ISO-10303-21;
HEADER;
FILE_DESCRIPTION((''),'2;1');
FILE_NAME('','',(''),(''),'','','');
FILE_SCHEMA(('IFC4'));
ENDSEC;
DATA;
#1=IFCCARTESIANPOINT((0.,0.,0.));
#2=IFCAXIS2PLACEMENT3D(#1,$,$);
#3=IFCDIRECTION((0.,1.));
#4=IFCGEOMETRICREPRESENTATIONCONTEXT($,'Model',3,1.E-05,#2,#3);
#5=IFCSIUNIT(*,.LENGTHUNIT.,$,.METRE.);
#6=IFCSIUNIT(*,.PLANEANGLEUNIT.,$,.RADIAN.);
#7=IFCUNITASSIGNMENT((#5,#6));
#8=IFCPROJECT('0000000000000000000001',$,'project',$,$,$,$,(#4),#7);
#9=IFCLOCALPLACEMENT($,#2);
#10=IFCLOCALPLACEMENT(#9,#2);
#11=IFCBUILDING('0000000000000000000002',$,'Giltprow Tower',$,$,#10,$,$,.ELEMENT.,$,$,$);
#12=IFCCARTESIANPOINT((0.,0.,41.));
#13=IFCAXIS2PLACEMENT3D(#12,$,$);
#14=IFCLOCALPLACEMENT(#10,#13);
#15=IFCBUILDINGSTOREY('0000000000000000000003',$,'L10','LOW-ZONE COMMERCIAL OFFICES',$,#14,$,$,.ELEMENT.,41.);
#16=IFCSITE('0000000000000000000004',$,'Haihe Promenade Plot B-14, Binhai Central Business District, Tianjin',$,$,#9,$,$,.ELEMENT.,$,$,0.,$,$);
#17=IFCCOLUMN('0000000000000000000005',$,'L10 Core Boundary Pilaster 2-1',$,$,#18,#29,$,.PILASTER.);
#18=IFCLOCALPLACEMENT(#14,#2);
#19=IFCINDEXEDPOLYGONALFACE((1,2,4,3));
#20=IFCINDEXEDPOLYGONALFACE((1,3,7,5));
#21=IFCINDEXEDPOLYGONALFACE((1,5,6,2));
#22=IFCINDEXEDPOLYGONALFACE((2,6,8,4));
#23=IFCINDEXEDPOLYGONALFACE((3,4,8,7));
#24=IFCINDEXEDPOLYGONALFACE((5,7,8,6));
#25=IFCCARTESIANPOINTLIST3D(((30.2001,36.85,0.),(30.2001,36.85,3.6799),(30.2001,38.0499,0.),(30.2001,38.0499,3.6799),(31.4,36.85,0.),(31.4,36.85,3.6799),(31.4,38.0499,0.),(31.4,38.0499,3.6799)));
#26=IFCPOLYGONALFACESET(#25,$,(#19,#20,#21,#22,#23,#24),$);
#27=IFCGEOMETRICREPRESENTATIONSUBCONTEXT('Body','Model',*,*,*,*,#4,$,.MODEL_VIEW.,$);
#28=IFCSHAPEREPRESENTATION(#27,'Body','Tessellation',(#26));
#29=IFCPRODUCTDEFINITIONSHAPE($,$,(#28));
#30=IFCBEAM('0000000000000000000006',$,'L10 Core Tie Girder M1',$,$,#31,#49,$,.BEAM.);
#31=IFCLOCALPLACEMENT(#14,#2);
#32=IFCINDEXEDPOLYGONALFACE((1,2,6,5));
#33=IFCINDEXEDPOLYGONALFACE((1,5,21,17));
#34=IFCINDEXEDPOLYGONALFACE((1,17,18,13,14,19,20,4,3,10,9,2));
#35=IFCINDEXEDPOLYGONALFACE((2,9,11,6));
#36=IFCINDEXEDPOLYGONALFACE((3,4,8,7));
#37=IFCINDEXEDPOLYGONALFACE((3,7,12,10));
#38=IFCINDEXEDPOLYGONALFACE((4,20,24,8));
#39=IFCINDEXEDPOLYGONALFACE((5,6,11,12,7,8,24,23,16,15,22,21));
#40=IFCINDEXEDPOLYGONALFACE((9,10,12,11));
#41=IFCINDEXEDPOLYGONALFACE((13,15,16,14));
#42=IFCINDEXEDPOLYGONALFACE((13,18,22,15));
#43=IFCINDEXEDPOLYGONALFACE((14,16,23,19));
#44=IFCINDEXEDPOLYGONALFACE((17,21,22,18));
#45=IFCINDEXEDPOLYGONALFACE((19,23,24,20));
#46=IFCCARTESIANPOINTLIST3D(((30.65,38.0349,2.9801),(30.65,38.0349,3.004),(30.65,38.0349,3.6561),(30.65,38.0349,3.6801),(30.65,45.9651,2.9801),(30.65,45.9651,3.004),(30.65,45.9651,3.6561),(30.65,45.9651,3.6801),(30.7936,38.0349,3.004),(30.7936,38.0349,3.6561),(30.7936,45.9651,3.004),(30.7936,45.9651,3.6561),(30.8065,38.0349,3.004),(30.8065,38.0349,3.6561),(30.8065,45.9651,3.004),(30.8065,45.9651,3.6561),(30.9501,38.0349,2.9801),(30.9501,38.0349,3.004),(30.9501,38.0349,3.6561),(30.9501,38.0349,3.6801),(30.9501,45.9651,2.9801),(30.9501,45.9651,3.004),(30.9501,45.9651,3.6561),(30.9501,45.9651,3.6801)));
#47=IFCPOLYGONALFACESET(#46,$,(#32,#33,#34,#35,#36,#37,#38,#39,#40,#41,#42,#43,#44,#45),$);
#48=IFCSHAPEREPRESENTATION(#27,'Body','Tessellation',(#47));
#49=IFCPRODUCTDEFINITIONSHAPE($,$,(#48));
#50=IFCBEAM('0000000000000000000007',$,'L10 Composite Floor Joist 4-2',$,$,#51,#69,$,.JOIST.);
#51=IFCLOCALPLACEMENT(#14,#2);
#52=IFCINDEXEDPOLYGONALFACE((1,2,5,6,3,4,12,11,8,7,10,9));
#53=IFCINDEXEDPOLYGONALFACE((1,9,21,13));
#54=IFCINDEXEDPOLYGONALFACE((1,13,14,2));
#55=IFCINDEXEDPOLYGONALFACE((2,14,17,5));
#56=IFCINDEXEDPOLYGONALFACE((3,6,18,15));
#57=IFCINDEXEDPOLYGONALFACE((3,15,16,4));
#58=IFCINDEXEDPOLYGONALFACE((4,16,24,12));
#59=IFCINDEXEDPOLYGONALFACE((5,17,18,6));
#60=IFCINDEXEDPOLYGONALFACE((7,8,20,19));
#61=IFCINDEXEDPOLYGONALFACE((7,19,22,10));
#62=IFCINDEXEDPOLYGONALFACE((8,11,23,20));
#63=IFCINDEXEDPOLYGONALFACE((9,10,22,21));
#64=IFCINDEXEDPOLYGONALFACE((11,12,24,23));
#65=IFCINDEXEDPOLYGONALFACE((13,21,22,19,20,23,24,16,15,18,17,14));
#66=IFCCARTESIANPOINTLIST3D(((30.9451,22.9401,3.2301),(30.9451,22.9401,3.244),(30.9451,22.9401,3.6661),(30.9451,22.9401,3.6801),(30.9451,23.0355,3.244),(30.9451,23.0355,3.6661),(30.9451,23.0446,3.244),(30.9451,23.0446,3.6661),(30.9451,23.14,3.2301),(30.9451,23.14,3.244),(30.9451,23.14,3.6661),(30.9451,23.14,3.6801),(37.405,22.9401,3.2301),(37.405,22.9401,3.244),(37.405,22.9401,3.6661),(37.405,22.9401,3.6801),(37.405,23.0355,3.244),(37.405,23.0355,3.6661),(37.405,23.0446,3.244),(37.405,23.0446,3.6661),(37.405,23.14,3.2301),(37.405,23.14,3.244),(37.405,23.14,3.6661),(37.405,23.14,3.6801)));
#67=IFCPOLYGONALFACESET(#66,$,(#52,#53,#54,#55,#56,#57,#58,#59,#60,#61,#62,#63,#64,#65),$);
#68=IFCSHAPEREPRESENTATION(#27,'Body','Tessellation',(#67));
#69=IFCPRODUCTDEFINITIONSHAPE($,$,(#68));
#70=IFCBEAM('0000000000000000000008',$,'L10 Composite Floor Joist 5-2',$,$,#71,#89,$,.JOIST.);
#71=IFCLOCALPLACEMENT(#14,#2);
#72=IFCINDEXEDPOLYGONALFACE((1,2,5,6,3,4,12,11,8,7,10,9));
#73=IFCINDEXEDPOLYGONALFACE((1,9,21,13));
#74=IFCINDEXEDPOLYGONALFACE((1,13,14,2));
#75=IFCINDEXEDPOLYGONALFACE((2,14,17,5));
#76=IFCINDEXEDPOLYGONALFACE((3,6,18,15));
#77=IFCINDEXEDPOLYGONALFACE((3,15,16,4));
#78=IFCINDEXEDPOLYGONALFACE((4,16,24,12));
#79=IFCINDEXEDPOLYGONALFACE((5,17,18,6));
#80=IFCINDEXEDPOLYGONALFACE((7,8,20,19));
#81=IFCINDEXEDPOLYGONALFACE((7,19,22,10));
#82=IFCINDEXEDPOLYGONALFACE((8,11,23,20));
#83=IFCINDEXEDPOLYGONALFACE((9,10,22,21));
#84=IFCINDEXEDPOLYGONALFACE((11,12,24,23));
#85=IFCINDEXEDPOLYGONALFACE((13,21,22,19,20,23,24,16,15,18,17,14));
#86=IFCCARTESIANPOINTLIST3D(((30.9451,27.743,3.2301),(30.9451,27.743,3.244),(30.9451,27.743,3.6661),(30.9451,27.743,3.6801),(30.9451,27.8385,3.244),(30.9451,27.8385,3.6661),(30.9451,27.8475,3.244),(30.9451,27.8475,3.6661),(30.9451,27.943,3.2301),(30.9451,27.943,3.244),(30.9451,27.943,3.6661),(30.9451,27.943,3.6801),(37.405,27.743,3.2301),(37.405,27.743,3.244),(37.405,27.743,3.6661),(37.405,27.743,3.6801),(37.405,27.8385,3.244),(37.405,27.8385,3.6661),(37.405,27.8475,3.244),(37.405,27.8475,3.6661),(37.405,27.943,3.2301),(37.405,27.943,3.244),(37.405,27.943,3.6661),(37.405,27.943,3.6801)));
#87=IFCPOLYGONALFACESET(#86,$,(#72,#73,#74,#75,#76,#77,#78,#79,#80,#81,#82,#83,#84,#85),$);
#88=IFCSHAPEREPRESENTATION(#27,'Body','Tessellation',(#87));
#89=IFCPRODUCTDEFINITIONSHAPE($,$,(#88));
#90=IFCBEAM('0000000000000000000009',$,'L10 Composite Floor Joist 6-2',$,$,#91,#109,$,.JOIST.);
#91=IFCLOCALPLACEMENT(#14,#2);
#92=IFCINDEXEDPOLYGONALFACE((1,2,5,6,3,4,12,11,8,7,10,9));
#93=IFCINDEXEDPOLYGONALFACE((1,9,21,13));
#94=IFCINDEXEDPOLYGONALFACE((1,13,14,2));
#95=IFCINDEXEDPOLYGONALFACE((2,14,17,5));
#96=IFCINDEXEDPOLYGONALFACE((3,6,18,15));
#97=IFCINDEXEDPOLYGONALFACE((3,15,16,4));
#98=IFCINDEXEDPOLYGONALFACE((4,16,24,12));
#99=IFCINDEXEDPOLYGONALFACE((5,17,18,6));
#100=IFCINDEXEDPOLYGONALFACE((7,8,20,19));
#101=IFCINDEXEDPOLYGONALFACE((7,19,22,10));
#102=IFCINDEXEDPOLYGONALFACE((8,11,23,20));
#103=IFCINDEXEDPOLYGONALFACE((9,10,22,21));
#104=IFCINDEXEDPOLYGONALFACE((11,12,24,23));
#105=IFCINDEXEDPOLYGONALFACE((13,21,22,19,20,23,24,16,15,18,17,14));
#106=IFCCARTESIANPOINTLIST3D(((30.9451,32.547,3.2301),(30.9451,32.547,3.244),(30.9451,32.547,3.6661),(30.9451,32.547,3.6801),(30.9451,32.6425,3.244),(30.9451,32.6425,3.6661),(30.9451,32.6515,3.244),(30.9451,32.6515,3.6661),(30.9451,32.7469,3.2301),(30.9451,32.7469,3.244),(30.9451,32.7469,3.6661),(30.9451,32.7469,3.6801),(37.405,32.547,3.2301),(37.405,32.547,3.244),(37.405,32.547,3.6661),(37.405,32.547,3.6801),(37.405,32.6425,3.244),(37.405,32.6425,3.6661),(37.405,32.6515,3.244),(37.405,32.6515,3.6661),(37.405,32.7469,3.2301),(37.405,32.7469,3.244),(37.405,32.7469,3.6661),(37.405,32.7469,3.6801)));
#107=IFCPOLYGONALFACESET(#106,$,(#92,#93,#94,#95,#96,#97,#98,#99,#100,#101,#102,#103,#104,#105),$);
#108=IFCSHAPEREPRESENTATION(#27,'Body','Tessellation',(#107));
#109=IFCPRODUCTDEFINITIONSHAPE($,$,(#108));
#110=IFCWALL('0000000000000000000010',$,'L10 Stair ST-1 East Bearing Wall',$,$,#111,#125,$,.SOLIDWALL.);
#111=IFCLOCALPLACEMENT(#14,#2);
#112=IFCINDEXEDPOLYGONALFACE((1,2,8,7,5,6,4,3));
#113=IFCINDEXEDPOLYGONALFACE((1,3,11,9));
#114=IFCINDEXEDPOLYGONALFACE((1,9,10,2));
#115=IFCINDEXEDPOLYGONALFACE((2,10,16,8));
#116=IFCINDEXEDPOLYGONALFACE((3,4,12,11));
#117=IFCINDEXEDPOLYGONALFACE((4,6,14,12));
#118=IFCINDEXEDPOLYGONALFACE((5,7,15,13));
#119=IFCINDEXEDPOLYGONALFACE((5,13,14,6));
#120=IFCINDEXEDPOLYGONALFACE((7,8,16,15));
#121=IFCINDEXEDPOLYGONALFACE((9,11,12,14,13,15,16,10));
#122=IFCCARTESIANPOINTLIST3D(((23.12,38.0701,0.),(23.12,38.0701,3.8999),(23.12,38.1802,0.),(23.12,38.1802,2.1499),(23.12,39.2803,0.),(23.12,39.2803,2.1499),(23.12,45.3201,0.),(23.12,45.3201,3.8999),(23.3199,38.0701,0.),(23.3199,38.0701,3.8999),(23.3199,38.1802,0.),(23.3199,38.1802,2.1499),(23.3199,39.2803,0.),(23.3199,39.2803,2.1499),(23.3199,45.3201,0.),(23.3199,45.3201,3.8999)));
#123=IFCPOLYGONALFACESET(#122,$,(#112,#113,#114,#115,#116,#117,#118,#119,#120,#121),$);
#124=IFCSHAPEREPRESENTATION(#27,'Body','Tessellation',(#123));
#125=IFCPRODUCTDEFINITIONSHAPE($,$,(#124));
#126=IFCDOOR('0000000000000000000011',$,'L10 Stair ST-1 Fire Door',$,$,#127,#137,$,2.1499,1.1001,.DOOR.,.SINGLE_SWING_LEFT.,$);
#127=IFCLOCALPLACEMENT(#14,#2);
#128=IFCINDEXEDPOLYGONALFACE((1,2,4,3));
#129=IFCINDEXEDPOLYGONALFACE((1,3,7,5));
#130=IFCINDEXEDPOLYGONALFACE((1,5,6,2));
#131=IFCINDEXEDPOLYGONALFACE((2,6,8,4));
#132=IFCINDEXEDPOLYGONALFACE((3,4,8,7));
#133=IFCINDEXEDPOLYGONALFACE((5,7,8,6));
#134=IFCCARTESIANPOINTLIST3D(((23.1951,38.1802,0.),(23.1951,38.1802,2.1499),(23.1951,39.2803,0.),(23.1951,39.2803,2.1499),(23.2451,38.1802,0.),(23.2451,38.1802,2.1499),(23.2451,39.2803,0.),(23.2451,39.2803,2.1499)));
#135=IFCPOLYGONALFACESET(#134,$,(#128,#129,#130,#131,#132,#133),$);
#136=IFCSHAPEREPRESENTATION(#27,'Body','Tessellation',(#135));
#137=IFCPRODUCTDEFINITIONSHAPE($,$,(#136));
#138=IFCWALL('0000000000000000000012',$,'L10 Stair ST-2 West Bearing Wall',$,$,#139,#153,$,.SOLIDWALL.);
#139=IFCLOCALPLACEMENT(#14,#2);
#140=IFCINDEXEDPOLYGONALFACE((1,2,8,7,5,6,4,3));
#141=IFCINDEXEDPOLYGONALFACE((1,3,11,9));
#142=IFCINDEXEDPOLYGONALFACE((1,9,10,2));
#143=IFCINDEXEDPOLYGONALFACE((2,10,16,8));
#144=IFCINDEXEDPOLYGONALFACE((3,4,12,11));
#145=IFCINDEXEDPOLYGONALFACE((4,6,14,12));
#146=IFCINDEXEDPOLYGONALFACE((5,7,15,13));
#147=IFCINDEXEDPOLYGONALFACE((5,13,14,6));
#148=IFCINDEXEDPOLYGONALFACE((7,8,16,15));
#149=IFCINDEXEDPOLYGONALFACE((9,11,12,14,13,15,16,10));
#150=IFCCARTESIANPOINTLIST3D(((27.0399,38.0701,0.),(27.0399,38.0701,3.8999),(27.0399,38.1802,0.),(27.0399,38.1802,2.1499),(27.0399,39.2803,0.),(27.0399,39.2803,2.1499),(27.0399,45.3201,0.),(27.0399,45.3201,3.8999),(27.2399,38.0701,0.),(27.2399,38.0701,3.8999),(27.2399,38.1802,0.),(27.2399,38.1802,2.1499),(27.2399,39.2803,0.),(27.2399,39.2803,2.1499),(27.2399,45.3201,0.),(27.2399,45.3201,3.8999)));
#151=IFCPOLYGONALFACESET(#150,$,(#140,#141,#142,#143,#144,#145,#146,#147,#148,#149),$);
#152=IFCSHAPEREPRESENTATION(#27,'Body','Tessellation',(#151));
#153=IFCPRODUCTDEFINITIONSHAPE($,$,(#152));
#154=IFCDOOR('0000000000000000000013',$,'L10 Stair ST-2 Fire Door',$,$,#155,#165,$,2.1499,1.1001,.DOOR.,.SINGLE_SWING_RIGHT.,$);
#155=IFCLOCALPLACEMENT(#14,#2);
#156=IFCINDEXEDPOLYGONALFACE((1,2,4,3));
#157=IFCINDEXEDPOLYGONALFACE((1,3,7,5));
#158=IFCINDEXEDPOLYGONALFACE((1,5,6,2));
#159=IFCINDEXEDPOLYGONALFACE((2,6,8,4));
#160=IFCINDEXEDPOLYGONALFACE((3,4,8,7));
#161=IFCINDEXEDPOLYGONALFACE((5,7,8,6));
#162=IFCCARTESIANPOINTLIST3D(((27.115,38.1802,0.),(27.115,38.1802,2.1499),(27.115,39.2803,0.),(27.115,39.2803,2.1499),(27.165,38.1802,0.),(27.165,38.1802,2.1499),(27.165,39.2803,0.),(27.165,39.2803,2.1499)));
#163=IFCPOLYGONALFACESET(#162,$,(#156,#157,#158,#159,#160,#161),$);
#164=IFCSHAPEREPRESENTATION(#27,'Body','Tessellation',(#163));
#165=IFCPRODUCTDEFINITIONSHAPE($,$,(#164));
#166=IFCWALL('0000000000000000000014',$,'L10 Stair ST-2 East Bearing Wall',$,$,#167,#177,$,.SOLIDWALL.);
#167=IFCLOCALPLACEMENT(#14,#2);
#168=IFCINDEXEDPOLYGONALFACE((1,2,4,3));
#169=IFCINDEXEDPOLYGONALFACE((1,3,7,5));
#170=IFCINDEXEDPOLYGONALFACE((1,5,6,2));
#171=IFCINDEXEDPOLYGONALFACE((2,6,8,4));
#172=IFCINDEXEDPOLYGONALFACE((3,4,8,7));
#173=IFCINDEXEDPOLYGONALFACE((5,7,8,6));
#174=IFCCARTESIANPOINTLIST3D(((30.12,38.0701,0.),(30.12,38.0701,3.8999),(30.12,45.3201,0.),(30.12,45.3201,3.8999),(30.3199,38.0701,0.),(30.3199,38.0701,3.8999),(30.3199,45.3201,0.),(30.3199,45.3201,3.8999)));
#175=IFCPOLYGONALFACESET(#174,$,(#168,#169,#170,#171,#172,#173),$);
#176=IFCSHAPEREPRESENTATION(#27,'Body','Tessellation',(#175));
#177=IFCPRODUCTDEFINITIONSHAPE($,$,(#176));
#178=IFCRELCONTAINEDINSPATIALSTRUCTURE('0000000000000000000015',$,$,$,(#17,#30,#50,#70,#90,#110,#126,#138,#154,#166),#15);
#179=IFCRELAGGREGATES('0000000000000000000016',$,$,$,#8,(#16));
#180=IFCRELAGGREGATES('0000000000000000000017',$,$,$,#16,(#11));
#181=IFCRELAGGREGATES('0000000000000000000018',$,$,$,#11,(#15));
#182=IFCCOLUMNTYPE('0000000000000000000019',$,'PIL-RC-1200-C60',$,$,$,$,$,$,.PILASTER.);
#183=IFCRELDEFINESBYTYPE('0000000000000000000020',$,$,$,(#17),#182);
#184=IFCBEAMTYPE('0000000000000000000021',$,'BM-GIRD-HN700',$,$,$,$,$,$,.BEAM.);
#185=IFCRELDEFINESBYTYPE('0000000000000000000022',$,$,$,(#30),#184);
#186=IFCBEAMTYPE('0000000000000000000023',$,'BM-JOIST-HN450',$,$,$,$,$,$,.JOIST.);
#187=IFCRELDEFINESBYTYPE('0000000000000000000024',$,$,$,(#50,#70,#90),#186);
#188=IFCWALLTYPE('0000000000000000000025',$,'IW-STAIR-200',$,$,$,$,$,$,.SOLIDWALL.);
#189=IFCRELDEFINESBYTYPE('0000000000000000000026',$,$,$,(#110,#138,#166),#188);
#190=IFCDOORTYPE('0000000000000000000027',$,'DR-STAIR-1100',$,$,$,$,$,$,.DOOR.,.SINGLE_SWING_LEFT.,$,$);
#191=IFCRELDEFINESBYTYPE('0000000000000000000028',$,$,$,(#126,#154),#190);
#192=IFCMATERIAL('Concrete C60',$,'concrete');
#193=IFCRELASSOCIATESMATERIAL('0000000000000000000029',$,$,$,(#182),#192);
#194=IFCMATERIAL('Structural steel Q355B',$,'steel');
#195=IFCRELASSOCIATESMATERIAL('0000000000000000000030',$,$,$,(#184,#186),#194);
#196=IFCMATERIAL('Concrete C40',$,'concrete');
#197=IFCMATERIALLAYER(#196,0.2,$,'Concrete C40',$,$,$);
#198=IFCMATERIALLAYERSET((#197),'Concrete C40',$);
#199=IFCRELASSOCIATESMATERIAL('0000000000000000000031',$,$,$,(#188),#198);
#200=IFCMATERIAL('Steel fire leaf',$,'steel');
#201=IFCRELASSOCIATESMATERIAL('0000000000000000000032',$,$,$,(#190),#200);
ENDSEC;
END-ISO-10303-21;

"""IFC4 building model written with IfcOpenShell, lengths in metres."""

from ifc_helpers import new_model, si_unit, direction, frame, frame_2d, origin, origin_2d, place, context, subcontext, project, spatial, rectangle, i_section, extrude, source, transform, mapped, material, layer, layer_set, material_profile, profile_set, type_object, element, fill, save


model = new_model("IFC4")

# Units and contexts
model_context = context("Model", 3, precision=1e-05, world=origin(), true_north=direction((0.0, 1.0)))
body_context = subcontext(model_context, "Body", "Model", "MODEL_VIEW")
ifc_project = project(units=[si_unit("LENGTHUNIT", "METRE"), si_unit("PLANEANGLEUNIT", "RADIAN")], contexts=[model_context])

# Site, building, storey
site_placement = place(None, origin())
site = spatial("IfcSite", under=ifc_project, at=site_placement, Name="Haihe Promenade Plot B-14, Binhai Central Business District, Tianjin", CompositionType="ELEMENT", RefElevation=0.0)
building_placement = place(site_placement, origin())
building = spatial("IfcBuilding", under=site, at=building_placement, Name="Giltprow Tower", CompositionType="ELEMENT")
storey_placement = place(building_placement, frame((0.0, 0.0, 41.0)))
storey = spatial("IfcBuildingStorey", under=building, at=storey_placement, Name="L10", Description="LOW-ZONE COMMERCIAL OFFICES", CompositionType="ELEMENT", Elevation=41.0)

# Column
ifc_material_1 = material(Name="Concrete C60", Category="concrete")
ifc_material_profile_1 = material_profile(ifc_material_1, rectangle(XDim=1.2, YDim=1.2, at=origin_2d()), Name="RC 1200x1200")
ifc_profile_set_1 = profile_set([ifc_material_profile_1], Name="Concrete C60")
column_type = type_object("IfcColumnType", Name="PIL-RC-1200-C60", PredefinedType="PILASTER", material=ifc_profile_set_1)
shared_shape_1 = source(origin(), body_context, "Body", "SweptSolid", [
    extrude(rectangle(XDim=1.2, YDim=1.2, at=origin_2d()), origin(), (0.0, 0.0, 1.0), 3.6799),
])
column_placement = place(storey_placement, frame((30.8, 37.45, 0.0), z_axis=(0.0, 0.0, 1.0), x_axis=(1.0, 0.0, 0.0)))
element("IfcColumn", 1, at=column_placement, inside=storey, type_object=column_type, Name="L10 Core Boundary Pilaster 2-1", PredefinedType="PILASTER", context=body_context, shape_type="MappedRepresentation", body=[
    mapped(shared_shape_1, transform((0.0, 0.0, 0.0), x_axis=(1.0, 0.0, 0.0), y_axis=(0.0, 1.0, 0.0), z_axis=(0.0, 0.0, 1.0), scale=1.0)),
])

# Beams
ifc_material_2 = material(Name="Structural steel Q355B", Category="steel")
ifc_material_profile_2 = material_profile(ifc_material_2, i_section(OverallWidth=0.3, OverallDepth=0.7, WebThickness=0.0129, FlangeThickness=0.0239, at=origin_2d()), Name="HN 700x300x13x24")
ifc_profile_set_2 = profile_set([ifc_material_profile_2], Name="Structural steel Q355B")
beam_type_1 = type_object("IfcBeamType", Name="BM-GIRD-HN700", PredefinedType="BEAM", material=ifc_profile_set_2)
shared_shape_2 = source(origin(), body_context, "Body", "SweptSolid", [
    extrude(i_section(OverallWidth=0.3, OverallDepth=0.7, WebThickness=0.0129, FlangeThickness=0.0239, at=origin_2d()), origin(), (0.0, 0.0, 1.0), 7.9302),
])
beam_placement = place(storey_placement, frame((30.8, 38.0349, 3.3301), z_axis=(0.0, 1.0, 0.0), x_axis=(-1.0, 0.0, 0.0)))
element("IfcBeam", 2, at=beam_placement, inside=storey, type_object=beam_type_1, Name="L10 Core Tie Girder M1", PredefinedType="BEAM", context=body_context, shape_type="MappedRepresentation", body=[
    mapped(shared_shape_2, transform((0.0, 0.0, 0.0), x_axis=(1.0, 0.0, 0.0), y_axis=(0.0, 1.0, 0.0), z_axis=(0.0, 0.0, 1.0), scale=1.0)),
])
ifc_material_profile_3 = material_profile(ifc_material_2, i_section(OverallWidth=0.2, OverallDepth=0.45, WebThickness=0.009, FlangeThickness=0.0139, at=origin_2d()), Name="HN 450x200x9x14")
ifc_profile_set_3 = profile_set([ifc_material_profile_3], Name="Structural steel Q355B")
beam_type_2 = type_object("IfcBeamType", Name="BM-JOIST-HN450", PredefinedType="JOIST", material=ifc_profile_set_3)
shared_shape_3 = source(origin(), body_context, "Body", "SweptSolid", [
    extrude(i_section(OverallWidth=0.2, OverallDepth=0.45, WebThickness=0.009, FlangeThickness=0.0139, at=origin_2d()), origin(), (0.0, 0.0, 1.0), 6.46),
])
for number, where, z_axis, x_axis, name in (
    (3, (30.9451, 23.04, 3.4551), (1.0, 0.0, 0.0), (0.0, 1.0, 0.0), "L10 Composite Floor Joist 4-2"),
    (4, (30.9451, 27.843, 3.4551), (1.0, 0.0, 0.0), (0.0, 1.0, 0.0), "L10 Composite Floor Joist 5-2"),
    (5, (30.9451, 32.647, 3.4551), (1.0, 0.0, 0.0), (0.0, 1.0, 0.0), "L10 Composite Floor Joist 6-2"),
):
    element("IfcBeam", number, at=place(storey_placement, frame(where, z_axis=z_axis, x_axis=x_axis)), inside=storey, type_object=beam_type_2, Name=name, PredefinedType="JOIST", context=body_context, shape_type="MappedRepresentation", body=[
        mapped(shared_shape_3, transform((0.0, 0.0, 0.0), x_axis=(1.0, 0.0, 0.0), y_axis=(0.0, 1.0, 0.0), z_axis=(0.0, 0.0, 1.0), scale=1.0)),
    ])

# Walls, openings, doors
ifc_material_3 = material(Name="Concrete C40", Category="concrete")
ifc_layer = layer(ifc_material_3, 0.2, Name="Concrete C40")
ifc_layer_set = layer_set([ifc_layer], Name="Concrete C40")
wall_type = type_object("IfcWallType", Name="IW-STAIR-200", PredefinedType="SOLIDWALL", material=ifc_layer_set)
wall_1_placement = place(storey_placement, frame((23.22, 38.0701, 0.0), z_axis=(0.0, 0.0, 1.0), x_axis=(0.0, 1.0, 0.0)))
wall_1 = element("IfcWall", 6, at=wall_1_placement, inside=storey, type_object=wall_type, Name="L10 Stair ST-1 East Bearing Wall", PredefinedType="SOLIDWALL", context=body_context, shape_type="SweptSolid", body=[
    extrude(rectangle(XDim=7.25, YDim=0.2, at=frame_2d((3.625, 0.0))), origin(), (0.0, 0.0, 1.0), 3.8999),
])
opening_1_placement = place(wall_1_placement, frame((0.1101, 0.0, 0.0)))
opening_1 = element("IfcOpeningElement", 7, at=opening_1_placement, cuts=wall_1, PredefinedType="OPENING", context=body_context, shape_type="SweptSolid", body=[
    extrude(rectangle(XDim=1.1001, YDim=2.1499, at=frame_2d((0.55, 1.075))), frame((0.0, 0.1099, 0.0), z_axis=(0.0, -1.0, 0.0), x_axis=(1.0, 0.0, 0.0)), (0.0, 0.0, 1.0), 0.22),
])
ifc_material_4 = material(Name="Steel fire leaf", Category="steel")
door_type = type_object("IfcDoorType", Name="DR-STAIR-1100", OperationType="SINGLE_SWING_LEFT", PredefinedType="DOOR", material=ifc_material_4)
shared_shape_4 = source(origin(), body_context, "Body", "SweptSolid", [
    extrude(rectangle(XDim=1.1001, YDim=2.1499, at=frame_2d((0.55, 1.075))), frame((0.0, 0.0249, 0.0), z_axis=(0.0, -1.0, 0.0), x_axis=(1.0, 0.0, 0.0)), (0.0, 0.0, 1.0), 0.05),
])
door_1_placement = place(opening_1_placement, origin())
door_1 = element("IfcDoor", 8, at=door_1_placement, inside=storey, type_object=door_type, Name="L10 Stair ST-1 Fire Door", OperationType="SINGLE_SWING_LEFT", OverallHeight=2.1499, OverallWidth=1.1001, PredefinedType="DOOR", context=body_context, shape_type="MappedRepresentation", body=[
    mapped(shared_shape_4, transform((0.0, 0.0, 0.0), x_axis=(1.0, 0.0, 0.0), y_axis=(0.0, 1.0, 0.0), z_axis=(0.0, 0.0, 1.0), scale=1.0)),
])
fill(opening_1, door_1)
wall_2_placement = place(storey_placement, frame((27.1399, 38.0701, 0.0), z_axis=(0.0, 0.0, 1.0), x_axis=(0.0, 1.0, 0.0)))
wall_2 = element("IfcWall", 9, at=wall_2_placement, inside=storey, type_object=wall_type, Name="L10 Stair ST-2 West Bearing Wall", PredefinedType="SOLIDWALL", context=body_context, shape_type="SweptSolid", body=[
    extrude(rectangle(XDim=7.25, YDim=0.2, at=frame_2d((3.625, 0.0))), origin(), (0.0, 0.0, 1.0), 3.8999),
])
opening_2_placement = place(wall_2_placement, frame((0.1101, 0.0, 0.0)))
opening_2 = element("IfcOpeningElement", 10, at=opening_2_placement, cuts=wall_2, PredefinedType="OPENING", context=body_context, shape_type="SweptSolid", body=[
    extrude(rectangle(XDim=1.1001, YDim=2.1499, at=frame_2d((0.55, 1.075))), frame((0.0, 0.1099, 0.0), z_axis=(0.0, -1.0, 0.0), x_axis=(1.0, 0.0, 0.0)), (0.0, 0.0, 1.0), 0.22),
])
door_2_placement = place(opening_2_placement, origin())
door_2 = element("IfcDoor", 11, at=door_2_placement, inside=storey, type_object=door_type, Name="L10 Stair ST-2 Fire Door", OperationType="SINGLE_SWING_RIGHT", OverallHeight=2.1499, OverallWidth=1.1001, PredefinedType="DOOR", context=body_context, shape_type="MappedRepresentation", body=[
    mapped(shared_shape_4, transform((0.0, 0.0, 0.0), x_axis=(1.0, 0.0, 0.0), y_axis=(0.0, 1.0, 0.0), z_axis=(0.0, 0.0, 1.0), scale=1.0)),
])
fill(opening_2, door_2)

# Wall
wall_3_placement = place(storey_placement, frame((30.22, 38.0701, 0.0), z_axis=(0.0, 0.0, 1.0), x_axis=(0.0, 1.0, 0.0)))
element("IfcWall", 12, at=wall_3_placement, inside=storey, type_object=wall_type, Name="L10 Stair ST-2 East Bearing Wall", PredefinedType="SOLIDWALL", context=body_context, shape_type="SweptSolid", body=[
    extrude(rectangle(XDim=7.25, YDim=0.2, at=frame_2d((3.625, 0.0))), origin(), (0.0, 0.0, 1.0), 3.8999),
])

save(model, "model.ifc")
